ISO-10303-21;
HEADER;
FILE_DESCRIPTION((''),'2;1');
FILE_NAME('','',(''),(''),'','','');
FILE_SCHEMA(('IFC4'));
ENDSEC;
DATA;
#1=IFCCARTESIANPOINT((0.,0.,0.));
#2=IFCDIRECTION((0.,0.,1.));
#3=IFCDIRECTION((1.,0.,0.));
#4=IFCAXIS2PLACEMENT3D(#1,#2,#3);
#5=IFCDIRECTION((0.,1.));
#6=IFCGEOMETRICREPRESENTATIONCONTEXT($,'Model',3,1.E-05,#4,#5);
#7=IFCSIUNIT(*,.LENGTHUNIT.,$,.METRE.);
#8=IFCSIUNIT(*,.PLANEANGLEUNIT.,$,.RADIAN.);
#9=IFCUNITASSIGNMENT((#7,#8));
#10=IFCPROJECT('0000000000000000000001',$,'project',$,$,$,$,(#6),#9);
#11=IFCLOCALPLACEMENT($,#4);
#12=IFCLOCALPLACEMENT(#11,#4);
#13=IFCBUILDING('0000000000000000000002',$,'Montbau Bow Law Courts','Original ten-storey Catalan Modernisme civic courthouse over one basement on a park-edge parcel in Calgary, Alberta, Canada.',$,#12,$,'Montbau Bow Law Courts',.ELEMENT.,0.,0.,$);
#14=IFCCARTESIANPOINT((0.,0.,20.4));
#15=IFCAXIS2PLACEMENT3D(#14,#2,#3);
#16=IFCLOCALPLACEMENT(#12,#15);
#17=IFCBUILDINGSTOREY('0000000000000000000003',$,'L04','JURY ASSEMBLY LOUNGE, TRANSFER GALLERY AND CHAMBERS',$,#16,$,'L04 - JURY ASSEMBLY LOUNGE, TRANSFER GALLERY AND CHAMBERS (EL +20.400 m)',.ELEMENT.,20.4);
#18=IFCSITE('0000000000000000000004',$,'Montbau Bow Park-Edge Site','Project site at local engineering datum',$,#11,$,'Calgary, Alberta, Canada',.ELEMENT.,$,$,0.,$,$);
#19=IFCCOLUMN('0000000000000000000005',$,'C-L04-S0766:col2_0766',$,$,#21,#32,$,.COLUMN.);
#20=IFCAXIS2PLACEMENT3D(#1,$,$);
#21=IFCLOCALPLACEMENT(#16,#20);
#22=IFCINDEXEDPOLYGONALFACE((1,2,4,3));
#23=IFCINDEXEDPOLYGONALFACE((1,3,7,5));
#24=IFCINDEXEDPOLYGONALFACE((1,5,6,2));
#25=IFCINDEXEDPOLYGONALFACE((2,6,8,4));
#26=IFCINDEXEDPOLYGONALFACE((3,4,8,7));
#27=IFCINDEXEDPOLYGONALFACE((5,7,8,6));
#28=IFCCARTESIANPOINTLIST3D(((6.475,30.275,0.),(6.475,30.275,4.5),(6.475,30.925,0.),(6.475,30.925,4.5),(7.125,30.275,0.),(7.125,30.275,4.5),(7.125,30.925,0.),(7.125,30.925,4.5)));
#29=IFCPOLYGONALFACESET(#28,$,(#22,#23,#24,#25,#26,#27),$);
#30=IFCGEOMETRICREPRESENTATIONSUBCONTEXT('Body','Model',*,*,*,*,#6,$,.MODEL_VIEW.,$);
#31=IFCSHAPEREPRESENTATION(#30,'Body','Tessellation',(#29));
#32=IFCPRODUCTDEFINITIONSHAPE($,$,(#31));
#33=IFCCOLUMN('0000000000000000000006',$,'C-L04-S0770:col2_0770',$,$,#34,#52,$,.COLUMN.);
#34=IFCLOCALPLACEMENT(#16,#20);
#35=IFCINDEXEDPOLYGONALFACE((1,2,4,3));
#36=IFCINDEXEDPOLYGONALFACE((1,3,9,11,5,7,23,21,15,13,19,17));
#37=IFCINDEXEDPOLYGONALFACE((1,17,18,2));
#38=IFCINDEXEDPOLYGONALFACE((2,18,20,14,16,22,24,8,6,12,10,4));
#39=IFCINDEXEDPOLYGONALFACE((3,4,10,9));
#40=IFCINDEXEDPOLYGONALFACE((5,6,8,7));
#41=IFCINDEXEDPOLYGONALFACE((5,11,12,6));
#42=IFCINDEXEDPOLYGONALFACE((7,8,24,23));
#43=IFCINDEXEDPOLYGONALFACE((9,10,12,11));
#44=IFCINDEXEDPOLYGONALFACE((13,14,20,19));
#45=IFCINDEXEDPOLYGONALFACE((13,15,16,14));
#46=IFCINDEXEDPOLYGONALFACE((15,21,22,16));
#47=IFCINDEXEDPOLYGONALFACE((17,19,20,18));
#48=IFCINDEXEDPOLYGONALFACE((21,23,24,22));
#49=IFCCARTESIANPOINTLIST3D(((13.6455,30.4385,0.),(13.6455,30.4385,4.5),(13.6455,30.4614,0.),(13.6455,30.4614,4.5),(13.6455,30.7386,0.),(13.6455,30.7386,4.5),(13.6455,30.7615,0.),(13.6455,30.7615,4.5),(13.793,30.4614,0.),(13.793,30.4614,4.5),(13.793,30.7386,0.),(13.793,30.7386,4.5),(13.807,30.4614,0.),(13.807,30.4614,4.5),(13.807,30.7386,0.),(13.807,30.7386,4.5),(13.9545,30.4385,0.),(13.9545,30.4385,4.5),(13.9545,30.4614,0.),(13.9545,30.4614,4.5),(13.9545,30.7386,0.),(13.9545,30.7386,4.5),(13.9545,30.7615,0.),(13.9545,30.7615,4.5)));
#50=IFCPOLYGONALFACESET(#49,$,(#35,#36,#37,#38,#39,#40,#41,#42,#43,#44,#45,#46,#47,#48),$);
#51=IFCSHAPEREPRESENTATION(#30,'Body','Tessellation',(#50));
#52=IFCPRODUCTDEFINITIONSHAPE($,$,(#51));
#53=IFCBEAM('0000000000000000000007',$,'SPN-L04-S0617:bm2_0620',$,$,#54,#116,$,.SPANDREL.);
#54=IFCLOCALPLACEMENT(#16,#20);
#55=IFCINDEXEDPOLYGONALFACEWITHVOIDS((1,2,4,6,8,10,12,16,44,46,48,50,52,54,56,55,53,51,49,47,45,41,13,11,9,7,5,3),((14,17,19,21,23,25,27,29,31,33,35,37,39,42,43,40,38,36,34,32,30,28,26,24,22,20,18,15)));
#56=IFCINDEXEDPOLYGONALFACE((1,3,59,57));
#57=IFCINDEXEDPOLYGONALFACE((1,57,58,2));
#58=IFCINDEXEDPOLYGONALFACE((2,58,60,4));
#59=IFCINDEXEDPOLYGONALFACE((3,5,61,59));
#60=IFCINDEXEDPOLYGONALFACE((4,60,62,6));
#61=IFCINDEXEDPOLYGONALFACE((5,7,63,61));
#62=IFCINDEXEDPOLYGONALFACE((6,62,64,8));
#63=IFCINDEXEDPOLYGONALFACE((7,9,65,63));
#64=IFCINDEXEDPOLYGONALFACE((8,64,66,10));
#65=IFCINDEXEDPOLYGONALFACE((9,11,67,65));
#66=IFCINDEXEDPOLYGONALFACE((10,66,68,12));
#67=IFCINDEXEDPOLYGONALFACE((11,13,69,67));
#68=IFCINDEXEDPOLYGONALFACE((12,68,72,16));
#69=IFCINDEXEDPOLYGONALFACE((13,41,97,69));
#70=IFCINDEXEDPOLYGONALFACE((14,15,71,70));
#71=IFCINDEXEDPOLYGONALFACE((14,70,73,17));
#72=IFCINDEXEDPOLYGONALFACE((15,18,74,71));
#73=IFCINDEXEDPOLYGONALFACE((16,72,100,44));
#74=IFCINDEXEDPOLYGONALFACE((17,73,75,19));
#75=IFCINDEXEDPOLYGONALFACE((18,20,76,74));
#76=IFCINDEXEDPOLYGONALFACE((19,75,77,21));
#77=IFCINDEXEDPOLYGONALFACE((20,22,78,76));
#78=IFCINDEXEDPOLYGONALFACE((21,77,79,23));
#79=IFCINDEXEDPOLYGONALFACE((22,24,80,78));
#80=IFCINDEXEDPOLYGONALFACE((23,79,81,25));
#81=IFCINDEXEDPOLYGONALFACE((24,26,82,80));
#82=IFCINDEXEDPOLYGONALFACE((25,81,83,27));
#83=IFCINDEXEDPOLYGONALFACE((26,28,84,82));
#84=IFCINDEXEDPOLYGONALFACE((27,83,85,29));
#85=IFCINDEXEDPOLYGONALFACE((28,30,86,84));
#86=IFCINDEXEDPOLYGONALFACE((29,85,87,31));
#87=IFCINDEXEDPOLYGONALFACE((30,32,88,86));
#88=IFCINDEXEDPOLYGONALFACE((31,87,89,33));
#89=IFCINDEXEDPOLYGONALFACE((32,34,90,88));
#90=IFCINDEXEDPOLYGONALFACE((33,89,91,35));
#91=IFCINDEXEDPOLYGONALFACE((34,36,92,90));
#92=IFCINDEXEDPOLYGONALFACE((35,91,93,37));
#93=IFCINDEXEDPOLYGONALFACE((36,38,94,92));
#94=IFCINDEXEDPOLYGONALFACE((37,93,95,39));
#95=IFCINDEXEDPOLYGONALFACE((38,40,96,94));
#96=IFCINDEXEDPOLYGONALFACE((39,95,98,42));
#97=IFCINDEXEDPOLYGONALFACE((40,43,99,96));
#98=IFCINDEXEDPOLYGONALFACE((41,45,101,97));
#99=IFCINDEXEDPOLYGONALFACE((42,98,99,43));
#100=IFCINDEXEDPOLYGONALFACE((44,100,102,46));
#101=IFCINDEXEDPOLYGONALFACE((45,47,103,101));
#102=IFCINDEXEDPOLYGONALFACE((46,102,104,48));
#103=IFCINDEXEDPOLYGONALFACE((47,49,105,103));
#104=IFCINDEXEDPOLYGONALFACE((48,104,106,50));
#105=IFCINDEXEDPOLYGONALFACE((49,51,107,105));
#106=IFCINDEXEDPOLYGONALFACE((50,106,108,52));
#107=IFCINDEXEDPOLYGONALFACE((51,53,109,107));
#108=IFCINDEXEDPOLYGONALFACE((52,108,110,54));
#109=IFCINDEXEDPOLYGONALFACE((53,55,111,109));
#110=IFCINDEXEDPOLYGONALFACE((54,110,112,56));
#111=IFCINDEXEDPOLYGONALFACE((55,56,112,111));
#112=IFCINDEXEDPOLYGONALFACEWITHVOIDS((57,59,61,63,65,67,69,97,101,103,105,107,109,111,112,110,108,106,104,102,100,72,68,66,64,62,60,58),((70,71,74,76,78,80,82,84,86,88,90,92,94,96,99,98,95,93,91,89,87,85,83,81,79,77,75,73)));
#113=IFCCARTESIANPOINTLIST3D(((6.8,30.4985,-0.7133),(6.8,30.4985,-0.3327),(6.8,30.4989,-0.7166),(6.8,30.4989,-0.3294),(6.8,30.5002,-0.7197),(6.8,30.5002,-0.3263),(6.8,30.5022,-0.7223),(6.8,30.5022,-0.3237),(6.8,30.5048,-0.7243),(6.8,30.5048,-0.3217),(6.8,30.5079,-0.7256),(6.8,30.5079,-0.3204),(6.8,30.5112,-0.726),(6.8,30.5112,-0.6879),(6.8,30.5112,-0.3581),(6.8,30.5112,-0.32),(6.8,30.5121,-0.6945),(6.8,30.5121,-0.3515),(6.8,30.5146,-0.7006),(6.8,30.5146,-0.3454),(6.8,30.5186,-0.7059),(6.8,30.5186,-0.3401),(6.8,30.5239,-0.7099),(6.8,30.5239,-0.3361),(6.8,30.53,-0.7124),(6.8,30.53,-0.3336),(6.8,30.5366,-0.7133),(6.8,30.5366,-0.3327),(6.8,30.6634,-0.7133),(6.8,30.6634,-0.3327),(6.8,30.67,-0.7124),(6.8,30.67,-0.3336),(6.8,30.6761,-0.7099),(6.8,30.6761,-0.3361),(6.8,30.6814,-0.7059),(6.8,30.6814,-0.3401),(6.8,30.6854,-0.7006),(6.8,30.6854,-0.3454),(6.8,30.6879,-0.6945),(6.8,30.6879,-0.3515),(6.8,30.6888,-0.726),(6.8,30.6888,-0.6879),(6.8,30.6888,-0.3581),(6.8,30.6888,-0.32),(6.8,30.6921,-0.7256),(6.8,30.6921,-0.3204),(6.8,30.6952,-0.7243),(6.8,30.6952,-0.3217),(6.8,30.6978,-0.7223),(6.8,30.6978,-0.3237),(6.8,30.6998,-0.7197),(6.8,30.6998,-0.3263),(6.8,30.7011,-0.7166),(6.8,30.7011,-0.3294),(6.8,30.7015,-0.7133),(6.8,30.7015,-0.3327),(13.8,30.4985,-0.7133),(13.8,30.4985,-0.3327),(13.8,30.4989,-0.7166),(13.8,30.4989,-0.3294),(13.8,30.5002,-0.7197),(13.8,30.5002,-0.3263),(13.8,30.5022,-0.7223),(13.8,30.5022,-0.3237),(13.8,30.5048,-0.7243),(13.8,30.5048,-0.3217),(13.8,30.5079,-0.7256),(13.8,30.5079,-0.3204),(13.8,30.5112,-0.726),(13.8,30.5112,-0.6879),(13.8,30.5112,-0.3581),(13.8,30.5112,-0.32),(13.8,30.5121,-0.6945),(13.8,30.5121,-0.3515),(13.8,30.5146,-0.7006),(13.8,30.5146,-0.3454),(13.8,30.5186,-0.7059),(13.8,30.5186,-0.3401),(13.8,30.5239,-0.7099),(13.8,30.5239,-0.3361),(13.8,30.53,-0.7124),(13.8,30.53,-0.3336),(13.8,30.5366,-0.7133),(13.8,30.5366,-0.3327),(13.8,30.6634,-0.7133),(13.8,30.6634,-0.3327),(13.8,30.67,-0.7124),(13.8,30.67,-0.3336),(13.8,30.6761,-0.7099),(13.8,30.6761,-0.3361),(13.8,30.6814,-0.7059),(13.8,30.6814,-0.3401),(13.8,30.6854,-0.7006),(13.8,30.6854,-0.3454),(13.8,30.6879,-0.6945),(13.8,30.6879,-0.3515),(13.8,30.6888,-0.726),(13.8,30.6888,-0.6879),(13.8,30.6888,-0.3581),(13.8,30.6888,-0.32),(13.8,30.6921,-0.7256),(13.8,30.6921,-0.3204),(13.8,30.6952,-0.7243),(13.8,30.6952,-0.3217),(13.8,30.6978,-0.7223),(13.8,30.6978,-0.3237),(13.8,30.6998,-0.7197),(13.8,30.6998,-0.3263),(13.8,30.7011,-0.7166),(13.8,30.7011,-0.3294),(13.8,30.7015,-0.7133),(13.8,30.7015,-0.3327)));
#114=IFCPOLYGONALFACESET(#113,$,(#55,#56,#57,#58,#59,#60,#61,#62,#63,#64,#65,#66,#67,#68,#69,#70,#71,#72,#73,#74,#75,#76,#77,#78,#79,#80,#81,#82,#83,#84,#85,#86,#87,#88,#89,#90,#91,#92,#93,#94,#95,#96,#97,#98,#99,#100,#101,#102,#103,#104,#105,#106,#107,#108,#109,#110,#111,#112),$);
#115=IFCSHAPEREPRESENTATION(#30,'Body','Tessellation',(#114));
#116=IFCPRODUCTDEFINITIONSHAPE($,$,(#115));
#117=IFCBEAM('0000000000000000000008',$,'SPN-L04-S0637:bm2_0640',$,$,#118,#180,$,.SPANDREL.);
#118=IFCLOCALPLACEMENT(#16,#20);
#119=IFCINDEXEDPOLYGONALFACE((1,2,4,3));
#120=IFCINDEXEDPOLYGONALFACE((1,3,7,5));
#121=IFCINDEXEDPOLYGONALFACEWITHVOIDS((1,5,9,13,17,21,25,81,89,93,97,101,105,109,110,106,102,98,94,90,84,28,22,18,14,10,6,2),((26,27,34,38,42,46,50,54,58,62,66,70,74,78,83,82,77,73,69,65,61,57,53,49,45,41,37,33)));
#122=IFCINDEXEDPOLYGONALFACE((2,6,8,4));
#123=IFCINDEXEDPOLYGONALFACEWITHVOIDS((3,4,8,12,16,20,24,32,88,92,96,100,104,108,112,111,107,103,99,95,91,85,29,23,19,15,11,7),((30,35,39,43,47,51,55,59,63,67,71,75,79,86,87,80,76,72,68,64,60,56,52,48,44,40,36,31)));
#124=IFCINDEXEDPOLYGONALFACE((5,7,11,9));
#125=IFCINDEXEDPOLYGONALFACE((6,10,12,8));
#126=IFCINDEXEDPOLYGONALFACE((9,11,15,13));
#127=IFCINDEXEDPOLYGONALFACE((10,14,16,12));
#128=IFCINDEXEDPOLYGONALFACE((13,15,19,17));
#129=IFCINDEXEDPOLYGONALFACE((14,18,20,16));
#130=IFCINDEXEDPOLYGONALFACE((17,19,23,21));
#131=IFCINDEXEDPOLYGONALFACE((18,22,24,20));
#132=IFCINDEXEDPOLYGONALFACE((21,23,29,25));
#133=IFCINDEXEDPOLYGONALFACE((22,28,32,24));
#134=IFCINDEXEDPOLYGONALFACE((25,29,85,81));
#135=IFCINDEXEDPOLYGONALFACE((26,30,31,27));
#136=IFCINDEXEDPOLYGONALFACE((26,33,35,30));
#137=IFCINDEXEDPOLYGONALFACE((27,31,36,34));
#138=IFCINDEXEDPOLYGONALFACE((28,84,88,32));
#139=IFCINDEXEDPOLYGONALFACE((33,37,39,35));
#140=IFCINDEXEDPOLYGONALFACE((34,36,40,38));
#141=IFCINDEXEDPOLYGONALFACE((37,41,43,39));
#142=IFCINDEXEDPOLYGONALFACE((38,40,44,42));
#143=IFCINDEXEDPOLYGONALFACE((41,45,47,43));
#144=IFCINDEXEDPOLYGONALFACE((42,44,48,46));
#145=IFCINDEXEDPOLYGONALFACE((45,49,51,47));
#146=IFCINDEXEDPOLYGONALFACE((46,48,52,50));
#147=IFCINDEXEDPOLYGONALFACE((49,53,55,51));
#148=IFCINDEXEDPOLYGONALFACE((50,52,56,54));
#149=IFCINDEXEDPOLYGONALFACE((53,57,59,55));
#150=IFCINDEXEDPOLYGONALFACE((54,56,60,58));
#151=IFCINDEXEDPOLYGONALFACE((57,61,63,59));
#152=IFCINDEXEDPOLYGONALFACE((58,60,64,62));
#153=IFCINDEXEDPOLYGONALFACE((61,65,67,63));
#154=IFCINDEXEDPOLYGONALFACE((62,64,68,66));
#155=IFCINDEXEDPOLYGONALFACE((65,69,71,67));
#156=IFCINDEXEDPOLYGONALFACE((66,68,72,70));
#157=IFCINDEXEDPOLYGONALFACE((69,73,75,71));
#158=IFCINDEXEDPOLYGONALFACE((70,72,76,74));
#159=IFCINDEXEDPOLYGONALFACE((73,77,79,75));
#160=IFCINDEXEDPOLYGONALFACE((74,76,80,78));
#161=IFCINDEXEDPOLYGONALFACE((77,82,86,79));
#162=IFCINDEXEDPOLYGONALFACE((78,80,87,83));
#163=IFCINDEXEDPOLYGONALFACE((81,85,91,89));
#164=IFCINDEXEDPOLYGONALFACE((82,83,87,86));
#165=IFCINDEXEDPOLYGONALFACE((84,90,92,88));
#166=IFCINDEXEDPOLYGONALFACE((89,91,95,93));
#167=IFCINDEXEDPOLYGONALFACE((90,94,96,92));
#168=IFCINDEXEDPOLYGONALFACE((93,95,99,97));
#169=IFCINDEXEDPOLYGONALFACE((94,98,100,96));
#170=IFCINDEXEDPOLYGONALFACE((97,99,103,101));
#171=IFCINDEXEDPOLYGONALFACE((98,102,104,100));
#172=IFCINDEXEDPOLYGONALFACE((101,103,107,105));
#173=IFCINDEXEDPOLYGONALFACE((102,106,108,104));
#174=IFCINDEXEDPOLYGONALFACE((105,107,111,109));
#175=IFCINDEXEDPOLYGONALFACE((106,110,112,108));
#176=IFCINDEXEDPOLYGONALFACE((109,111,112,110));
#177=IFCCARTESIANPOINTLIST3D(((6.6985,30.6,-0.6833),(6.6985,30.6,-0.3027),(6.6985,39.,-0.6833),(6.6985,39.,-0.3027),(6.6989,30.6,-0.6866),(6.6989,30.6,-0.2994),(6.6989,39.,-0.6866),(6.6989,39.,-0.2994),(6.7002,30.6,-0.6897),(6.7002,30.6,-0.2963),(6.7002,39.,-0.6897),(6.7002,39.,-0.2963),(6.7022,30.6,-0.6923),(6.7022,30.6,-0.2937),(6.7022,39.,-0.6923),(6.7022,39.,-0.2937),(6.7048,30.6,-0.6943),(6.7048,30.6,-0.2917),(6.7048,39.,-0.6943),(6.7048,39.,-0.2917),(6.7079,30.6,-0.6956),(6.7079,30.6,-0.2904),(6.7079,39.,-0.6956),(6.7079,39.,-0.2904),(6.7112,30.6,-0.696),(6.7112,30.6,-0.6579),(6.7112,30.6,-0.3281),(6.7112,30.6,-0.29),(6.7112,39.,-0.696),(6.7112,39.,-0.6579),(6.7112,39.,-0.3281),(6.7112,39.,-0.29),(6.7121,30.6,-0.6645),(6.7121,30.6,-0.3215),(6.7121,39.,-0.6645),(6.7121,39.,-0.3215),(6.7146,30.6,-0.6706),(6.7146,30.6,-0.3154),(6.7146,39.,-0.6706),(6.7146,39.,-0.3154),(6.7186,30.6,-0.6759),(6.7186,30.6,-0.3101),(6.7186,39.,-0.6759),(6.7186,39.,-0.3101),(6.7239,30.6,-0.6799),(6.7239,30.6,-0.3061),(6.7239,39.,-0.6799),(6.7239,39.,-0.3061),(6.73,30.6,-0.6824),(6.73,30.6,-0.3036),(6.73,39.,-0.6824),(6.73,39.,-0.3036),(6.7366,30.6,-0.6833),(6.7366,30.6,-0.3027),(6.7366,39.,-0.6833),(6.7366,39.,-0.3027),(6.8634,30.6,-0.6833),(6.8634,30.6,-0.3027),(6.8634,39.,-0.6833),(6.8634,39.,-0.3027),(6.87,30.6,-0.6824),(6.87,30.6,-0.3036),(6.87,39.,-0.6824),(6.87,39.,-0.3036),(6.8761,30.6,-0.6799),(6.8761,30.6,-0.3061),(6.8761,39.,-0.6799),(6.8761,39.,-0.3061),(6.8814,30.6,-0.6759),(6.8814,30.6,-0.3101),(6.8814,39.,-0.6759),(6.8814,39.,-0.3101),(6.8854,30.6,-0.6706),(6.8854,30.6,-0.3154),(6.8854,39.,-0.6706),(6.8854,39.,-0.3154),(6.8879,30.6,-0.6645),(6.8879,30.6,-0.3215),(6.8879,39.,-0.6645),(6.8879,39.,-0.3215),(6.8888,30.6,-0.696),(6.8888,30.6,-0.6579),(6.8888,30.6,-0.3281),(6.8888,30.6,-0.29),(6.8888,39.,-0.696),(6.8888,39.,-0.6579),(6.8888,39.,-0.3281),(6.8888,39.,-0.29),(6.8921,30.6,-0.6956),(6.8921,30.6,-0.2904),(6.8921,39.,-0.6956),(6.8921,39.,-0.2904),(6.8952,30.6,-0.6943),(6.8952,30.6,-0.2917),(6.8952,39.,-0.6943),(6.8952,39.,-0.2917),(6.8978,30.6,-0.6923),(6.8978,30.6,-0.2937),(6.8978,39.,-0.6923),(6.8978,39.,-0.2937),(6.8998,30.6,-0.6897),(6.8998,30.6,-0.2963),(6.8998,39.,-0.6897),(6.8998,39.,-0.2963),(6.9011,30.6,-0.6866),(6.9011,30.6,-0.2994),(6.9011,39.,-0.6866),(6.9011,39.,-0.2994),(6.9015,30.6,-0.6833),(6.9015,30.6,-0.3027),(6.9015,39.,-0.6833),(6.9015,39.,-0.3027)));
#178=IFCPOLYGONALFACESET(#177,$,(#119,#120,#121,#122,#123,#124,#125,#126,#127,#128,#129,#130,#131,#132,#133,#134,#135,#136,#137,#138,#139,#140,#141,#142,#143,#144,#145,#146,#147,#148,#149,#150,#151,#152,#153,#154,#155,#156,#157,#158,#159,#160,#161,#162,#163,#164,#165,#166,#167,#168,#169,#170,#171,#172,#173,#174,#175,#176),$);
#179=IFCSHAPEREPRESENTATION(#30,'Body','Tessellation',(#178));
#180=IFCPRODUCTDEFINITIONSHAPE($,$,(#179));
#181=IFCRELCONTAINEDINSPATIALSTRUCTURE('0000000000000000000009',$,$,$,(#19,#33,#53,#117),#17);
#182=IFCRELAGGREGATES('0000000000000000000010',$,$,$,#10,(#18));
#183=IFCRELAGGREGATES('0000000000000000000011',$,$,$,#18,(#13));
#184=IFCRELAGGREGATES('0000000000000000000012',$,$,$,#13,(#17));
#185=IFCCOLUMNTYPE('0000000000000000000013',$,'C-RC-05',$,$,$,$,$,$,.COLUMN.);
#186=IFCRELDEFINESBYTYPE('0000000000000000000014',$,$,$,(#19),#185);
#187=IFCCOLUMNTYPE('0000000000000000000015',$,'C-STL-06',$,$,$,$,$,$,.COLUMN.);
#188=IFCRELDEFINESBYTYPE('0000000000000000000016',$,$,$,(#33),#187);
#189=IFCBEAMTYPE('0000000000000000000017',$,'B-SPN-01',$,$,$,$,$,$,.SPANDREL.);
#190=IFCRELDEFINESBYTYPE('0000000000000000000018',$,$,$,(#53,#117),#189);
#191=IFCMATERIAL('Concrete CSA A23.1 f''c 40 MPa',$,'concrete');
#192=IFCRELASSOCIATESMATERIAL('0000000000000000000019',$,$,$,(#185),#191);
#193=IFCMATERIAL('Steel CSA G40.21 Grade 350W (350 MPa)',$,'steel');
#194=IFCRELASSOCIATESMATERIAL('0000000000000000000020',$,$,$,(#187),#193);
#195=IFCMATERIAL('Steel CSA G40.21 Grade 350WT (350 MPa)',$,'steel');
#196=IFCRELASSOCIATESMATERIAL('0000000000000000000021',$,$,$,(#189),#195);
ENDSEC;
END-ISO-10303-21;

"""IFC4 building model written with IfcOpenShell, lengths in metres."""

from ifc_helpers import new_model, si_unit, direction, frame, origin_with_axes, origin_2d_with_axis, place, context, subcontext, project, spatial, rectangle, hollow_rectangle, i_section, extrude, material, material_profile, profile_set, type_object, element, save


model = new_model("IFC4")

# Units and contexts
model_context = context("Model", 3, precision=1e-05, world=origin_with_axes(), true_north=direction((0.0, 1.0)))
body_context = subcontext(model_context, "Body", "Model", "MODEL_VIEW")
ifc_project = project(units=[si_unit("LENGTHUNIT", "METRE"), si_unit("PLANEANGLEUNIT", "RADIAN")], contexts=[model_context])

# Site, building, storey
site_placement = place(None, origin_with_axes())
site = spatial("IfcSite", under=ifc_project, at=site_placement, Name="Montbau Bow Park-Edge Site", Description="Project site at local engineering datum", LongName="Calgary, Alberta, Canada", CompositionType="ELEMENT", RefElevation=0.0)
building_placement = place(site_placement, origin_with_axes())
building = spatial("IfcBuilding", under=site, at=building_placement, Name="Montbau Bow Law Courts", Description="Original ten-storey Catalan Modernisme civic courthouse over one basement on a park-edge parcel in Calgary, Alberta, Canada.", LongName="Montbau Bow Law Courts", CompositionType="ELEMENT", ElevationOfRefHeight=0.0, ElevationOfTerrain=0.0)
storey_placement = place(building_placement, frame((0.0, 0.0, 20.4), z_axis=(0.0, 0.0, 1.0), x_axis=(1.0, 0.0, 0.0)))
storey = spatial("IfcBuildingStorey", under=building, at=storey_placement, Name="L04", Description="JURY ASSEMBLY LOUNGE, TRANSFER GALLERY AND CHAMBERS", LongName="L04 - JURY ASSEMBLY LOUNGE, TRANSFER GALLERY AND CHAMBERS (EL +20.400 m)", CompositionType="ELEMENT", Elevation=20.4)

# Columns
ifc_material_1 = material(Name="Concrete CSA A23.1 f'c 40 MPa", Category="concrete")
ifc_material_profile_1 = material_profile(ifc_material_1, rectangle(XDim=0.65, YDim=0.65, at=origin_2d_with_axis()), Name="RC650X650", Category="Main", Priority=0)
ifc_profile_set_1 = profile_set([ifc_material_profile_1], Name="Concrete CSA A23.1 f'c 40 MPa")
column_type_1 = type_object("IfcColumnType", Name="C-RC-05", PredefinedType="COLUMN", material=ifc_profile_set_1)
column_1_placement = place(None, frame((6.8, 30.6, 20.4), z_axis=(0.0, 0.0, 1.0), x_axis=(1.0, 0.0, 0.0)))
element("IfcColumn", 1, at=column_1_placement, inside=storey, type_object=column_type_1, Name="C-L04-S0766:col2_0766", PredefinedType="COLUMN", context=body_context, shape_type="SweptSolid", body=[
    extrude(rectangle(XDim=0.65, YDim=0.65, at=origin_2d_with_axis()), origin_with_axes(), (0.0, 0.0, 1.0), 4.5),
])
ifc_material_2 = material(Name="Steel CSA G40.21 Grade 350W (350 MPa)", Category="steel")
ifc_material_profile_2 = material_profile(ifc_material_2, i_section(OverallWidth=0.309, OverallDepth=0.323, WebThickness=0.014, FlangeThickness=0.0229, at=origin_2d_with_axis()), Name="W310X143", Category="Main", Priority=0)
ifc_profile_set_2 = profile_set([ifc_material_profile_2], Name="Steel CSA G40.21 Grade 350W (350 MPa)")
column_type_2 = type_object("IfcColumnType", Name="C-STL-06", PredefinedType="COLUMN", material=ifc_profile_set_2)
column_2_placement = place(None, frame((13.8, 30.6, 20.4), z_axis=(0.0, 0.0, 1.0), x_axis=(1.0, 0.0, 0.0)))
element("IfcColumn", 2, at=column_2_placement, inside=storey, type_object=column_type_2, Name="C-L04-S0770:col2_0770", PredefinedType="COLUMN", context=body_context, shape_type="SweptSolid", body=[
    extrude(i_section(OverallWidth=0.309, OverallDepth=0.323, WebThickness=0.014, FlangeThickness=0.0229, at=origin_2d_with_axis()), origin_with_axes(), (0.0, 0.0, 1.0), 4.5),
])

# Beams
ifc_material_3 = material(Name="Steel CSA G40.21 Grade 350WT (350 MPa)", Category="steel")
ifc_material_profile_3 = material_profile(ifc_material_3, hollow_rectangle(XDim=0.203, YDim=0.406, WallThickness=0.0127, InnerFilletRadius=0.0254, OuterFilletRadius=0.0127, at=origin_2d_with_axis()), Name="HSS406X203X13", Category="Main", Priority=0)
ifc_profile_set_3 = profile_set([ifc_material_profile_3], Name="Steel CSA G40.21 Grade 350WT (350 MPa)")
beam_type_1 = type_object("IfcBeamType", Name="B-SPN-01", PredefinedType="SPANDREL", material=ifc_profile_set_3)
beam_1_placement = place(None, frame((6.8, 30.6, 19.877), z_axis=(1.0, 0.0, 0.0), x_axis=(0.0, 1.0, 0.0)))
element("IfcBeam", 3, at=beam_1_placement, inside=storey, type_object=beam_type_1, Name="SPN-L04-S0617:bm2_0620", PredefinedType="SPANDREL", context=body_context, shape_type="SweptSolid", body=[
    extrude(hollow_rectangle(XDim=0.203, YDim=0.406, WallThickness=0.0127, InnerFilletRadius=0.0254, OuterFilletRadius=0.0127, at=origin_2d_with_axis()), origin_with_axes(), (0.0, 0.0, 1.0), 7.0),
])
beam_2_placement = place(None, frame((6.8, 30.6, 19.907), z_axis=(0.0, 1.0, 0.0), x_axis=(-1.0, 0.0, 0.0)))
element("IfcBeam", 4, at=beam_2_placement, inside=storey, type_object=beam_type_1, Name="SPN-L04-S0637:bm2_0640", PredefinedType="SPANDREL", context=body_context, shape_type="SweptSolid", body=[
    extrude(hollow_rectangle(XDim=0.203, YDim=0.406, WallThickness=0.0127, InnerFilletRadius=0.0254, OuterFilletRadius=0.0127, at=origin_2d_with_axis()), origin_with_axes(), (0.0, 0.0, 1.0), 8.4),
])

save(model, "model.ifc")
